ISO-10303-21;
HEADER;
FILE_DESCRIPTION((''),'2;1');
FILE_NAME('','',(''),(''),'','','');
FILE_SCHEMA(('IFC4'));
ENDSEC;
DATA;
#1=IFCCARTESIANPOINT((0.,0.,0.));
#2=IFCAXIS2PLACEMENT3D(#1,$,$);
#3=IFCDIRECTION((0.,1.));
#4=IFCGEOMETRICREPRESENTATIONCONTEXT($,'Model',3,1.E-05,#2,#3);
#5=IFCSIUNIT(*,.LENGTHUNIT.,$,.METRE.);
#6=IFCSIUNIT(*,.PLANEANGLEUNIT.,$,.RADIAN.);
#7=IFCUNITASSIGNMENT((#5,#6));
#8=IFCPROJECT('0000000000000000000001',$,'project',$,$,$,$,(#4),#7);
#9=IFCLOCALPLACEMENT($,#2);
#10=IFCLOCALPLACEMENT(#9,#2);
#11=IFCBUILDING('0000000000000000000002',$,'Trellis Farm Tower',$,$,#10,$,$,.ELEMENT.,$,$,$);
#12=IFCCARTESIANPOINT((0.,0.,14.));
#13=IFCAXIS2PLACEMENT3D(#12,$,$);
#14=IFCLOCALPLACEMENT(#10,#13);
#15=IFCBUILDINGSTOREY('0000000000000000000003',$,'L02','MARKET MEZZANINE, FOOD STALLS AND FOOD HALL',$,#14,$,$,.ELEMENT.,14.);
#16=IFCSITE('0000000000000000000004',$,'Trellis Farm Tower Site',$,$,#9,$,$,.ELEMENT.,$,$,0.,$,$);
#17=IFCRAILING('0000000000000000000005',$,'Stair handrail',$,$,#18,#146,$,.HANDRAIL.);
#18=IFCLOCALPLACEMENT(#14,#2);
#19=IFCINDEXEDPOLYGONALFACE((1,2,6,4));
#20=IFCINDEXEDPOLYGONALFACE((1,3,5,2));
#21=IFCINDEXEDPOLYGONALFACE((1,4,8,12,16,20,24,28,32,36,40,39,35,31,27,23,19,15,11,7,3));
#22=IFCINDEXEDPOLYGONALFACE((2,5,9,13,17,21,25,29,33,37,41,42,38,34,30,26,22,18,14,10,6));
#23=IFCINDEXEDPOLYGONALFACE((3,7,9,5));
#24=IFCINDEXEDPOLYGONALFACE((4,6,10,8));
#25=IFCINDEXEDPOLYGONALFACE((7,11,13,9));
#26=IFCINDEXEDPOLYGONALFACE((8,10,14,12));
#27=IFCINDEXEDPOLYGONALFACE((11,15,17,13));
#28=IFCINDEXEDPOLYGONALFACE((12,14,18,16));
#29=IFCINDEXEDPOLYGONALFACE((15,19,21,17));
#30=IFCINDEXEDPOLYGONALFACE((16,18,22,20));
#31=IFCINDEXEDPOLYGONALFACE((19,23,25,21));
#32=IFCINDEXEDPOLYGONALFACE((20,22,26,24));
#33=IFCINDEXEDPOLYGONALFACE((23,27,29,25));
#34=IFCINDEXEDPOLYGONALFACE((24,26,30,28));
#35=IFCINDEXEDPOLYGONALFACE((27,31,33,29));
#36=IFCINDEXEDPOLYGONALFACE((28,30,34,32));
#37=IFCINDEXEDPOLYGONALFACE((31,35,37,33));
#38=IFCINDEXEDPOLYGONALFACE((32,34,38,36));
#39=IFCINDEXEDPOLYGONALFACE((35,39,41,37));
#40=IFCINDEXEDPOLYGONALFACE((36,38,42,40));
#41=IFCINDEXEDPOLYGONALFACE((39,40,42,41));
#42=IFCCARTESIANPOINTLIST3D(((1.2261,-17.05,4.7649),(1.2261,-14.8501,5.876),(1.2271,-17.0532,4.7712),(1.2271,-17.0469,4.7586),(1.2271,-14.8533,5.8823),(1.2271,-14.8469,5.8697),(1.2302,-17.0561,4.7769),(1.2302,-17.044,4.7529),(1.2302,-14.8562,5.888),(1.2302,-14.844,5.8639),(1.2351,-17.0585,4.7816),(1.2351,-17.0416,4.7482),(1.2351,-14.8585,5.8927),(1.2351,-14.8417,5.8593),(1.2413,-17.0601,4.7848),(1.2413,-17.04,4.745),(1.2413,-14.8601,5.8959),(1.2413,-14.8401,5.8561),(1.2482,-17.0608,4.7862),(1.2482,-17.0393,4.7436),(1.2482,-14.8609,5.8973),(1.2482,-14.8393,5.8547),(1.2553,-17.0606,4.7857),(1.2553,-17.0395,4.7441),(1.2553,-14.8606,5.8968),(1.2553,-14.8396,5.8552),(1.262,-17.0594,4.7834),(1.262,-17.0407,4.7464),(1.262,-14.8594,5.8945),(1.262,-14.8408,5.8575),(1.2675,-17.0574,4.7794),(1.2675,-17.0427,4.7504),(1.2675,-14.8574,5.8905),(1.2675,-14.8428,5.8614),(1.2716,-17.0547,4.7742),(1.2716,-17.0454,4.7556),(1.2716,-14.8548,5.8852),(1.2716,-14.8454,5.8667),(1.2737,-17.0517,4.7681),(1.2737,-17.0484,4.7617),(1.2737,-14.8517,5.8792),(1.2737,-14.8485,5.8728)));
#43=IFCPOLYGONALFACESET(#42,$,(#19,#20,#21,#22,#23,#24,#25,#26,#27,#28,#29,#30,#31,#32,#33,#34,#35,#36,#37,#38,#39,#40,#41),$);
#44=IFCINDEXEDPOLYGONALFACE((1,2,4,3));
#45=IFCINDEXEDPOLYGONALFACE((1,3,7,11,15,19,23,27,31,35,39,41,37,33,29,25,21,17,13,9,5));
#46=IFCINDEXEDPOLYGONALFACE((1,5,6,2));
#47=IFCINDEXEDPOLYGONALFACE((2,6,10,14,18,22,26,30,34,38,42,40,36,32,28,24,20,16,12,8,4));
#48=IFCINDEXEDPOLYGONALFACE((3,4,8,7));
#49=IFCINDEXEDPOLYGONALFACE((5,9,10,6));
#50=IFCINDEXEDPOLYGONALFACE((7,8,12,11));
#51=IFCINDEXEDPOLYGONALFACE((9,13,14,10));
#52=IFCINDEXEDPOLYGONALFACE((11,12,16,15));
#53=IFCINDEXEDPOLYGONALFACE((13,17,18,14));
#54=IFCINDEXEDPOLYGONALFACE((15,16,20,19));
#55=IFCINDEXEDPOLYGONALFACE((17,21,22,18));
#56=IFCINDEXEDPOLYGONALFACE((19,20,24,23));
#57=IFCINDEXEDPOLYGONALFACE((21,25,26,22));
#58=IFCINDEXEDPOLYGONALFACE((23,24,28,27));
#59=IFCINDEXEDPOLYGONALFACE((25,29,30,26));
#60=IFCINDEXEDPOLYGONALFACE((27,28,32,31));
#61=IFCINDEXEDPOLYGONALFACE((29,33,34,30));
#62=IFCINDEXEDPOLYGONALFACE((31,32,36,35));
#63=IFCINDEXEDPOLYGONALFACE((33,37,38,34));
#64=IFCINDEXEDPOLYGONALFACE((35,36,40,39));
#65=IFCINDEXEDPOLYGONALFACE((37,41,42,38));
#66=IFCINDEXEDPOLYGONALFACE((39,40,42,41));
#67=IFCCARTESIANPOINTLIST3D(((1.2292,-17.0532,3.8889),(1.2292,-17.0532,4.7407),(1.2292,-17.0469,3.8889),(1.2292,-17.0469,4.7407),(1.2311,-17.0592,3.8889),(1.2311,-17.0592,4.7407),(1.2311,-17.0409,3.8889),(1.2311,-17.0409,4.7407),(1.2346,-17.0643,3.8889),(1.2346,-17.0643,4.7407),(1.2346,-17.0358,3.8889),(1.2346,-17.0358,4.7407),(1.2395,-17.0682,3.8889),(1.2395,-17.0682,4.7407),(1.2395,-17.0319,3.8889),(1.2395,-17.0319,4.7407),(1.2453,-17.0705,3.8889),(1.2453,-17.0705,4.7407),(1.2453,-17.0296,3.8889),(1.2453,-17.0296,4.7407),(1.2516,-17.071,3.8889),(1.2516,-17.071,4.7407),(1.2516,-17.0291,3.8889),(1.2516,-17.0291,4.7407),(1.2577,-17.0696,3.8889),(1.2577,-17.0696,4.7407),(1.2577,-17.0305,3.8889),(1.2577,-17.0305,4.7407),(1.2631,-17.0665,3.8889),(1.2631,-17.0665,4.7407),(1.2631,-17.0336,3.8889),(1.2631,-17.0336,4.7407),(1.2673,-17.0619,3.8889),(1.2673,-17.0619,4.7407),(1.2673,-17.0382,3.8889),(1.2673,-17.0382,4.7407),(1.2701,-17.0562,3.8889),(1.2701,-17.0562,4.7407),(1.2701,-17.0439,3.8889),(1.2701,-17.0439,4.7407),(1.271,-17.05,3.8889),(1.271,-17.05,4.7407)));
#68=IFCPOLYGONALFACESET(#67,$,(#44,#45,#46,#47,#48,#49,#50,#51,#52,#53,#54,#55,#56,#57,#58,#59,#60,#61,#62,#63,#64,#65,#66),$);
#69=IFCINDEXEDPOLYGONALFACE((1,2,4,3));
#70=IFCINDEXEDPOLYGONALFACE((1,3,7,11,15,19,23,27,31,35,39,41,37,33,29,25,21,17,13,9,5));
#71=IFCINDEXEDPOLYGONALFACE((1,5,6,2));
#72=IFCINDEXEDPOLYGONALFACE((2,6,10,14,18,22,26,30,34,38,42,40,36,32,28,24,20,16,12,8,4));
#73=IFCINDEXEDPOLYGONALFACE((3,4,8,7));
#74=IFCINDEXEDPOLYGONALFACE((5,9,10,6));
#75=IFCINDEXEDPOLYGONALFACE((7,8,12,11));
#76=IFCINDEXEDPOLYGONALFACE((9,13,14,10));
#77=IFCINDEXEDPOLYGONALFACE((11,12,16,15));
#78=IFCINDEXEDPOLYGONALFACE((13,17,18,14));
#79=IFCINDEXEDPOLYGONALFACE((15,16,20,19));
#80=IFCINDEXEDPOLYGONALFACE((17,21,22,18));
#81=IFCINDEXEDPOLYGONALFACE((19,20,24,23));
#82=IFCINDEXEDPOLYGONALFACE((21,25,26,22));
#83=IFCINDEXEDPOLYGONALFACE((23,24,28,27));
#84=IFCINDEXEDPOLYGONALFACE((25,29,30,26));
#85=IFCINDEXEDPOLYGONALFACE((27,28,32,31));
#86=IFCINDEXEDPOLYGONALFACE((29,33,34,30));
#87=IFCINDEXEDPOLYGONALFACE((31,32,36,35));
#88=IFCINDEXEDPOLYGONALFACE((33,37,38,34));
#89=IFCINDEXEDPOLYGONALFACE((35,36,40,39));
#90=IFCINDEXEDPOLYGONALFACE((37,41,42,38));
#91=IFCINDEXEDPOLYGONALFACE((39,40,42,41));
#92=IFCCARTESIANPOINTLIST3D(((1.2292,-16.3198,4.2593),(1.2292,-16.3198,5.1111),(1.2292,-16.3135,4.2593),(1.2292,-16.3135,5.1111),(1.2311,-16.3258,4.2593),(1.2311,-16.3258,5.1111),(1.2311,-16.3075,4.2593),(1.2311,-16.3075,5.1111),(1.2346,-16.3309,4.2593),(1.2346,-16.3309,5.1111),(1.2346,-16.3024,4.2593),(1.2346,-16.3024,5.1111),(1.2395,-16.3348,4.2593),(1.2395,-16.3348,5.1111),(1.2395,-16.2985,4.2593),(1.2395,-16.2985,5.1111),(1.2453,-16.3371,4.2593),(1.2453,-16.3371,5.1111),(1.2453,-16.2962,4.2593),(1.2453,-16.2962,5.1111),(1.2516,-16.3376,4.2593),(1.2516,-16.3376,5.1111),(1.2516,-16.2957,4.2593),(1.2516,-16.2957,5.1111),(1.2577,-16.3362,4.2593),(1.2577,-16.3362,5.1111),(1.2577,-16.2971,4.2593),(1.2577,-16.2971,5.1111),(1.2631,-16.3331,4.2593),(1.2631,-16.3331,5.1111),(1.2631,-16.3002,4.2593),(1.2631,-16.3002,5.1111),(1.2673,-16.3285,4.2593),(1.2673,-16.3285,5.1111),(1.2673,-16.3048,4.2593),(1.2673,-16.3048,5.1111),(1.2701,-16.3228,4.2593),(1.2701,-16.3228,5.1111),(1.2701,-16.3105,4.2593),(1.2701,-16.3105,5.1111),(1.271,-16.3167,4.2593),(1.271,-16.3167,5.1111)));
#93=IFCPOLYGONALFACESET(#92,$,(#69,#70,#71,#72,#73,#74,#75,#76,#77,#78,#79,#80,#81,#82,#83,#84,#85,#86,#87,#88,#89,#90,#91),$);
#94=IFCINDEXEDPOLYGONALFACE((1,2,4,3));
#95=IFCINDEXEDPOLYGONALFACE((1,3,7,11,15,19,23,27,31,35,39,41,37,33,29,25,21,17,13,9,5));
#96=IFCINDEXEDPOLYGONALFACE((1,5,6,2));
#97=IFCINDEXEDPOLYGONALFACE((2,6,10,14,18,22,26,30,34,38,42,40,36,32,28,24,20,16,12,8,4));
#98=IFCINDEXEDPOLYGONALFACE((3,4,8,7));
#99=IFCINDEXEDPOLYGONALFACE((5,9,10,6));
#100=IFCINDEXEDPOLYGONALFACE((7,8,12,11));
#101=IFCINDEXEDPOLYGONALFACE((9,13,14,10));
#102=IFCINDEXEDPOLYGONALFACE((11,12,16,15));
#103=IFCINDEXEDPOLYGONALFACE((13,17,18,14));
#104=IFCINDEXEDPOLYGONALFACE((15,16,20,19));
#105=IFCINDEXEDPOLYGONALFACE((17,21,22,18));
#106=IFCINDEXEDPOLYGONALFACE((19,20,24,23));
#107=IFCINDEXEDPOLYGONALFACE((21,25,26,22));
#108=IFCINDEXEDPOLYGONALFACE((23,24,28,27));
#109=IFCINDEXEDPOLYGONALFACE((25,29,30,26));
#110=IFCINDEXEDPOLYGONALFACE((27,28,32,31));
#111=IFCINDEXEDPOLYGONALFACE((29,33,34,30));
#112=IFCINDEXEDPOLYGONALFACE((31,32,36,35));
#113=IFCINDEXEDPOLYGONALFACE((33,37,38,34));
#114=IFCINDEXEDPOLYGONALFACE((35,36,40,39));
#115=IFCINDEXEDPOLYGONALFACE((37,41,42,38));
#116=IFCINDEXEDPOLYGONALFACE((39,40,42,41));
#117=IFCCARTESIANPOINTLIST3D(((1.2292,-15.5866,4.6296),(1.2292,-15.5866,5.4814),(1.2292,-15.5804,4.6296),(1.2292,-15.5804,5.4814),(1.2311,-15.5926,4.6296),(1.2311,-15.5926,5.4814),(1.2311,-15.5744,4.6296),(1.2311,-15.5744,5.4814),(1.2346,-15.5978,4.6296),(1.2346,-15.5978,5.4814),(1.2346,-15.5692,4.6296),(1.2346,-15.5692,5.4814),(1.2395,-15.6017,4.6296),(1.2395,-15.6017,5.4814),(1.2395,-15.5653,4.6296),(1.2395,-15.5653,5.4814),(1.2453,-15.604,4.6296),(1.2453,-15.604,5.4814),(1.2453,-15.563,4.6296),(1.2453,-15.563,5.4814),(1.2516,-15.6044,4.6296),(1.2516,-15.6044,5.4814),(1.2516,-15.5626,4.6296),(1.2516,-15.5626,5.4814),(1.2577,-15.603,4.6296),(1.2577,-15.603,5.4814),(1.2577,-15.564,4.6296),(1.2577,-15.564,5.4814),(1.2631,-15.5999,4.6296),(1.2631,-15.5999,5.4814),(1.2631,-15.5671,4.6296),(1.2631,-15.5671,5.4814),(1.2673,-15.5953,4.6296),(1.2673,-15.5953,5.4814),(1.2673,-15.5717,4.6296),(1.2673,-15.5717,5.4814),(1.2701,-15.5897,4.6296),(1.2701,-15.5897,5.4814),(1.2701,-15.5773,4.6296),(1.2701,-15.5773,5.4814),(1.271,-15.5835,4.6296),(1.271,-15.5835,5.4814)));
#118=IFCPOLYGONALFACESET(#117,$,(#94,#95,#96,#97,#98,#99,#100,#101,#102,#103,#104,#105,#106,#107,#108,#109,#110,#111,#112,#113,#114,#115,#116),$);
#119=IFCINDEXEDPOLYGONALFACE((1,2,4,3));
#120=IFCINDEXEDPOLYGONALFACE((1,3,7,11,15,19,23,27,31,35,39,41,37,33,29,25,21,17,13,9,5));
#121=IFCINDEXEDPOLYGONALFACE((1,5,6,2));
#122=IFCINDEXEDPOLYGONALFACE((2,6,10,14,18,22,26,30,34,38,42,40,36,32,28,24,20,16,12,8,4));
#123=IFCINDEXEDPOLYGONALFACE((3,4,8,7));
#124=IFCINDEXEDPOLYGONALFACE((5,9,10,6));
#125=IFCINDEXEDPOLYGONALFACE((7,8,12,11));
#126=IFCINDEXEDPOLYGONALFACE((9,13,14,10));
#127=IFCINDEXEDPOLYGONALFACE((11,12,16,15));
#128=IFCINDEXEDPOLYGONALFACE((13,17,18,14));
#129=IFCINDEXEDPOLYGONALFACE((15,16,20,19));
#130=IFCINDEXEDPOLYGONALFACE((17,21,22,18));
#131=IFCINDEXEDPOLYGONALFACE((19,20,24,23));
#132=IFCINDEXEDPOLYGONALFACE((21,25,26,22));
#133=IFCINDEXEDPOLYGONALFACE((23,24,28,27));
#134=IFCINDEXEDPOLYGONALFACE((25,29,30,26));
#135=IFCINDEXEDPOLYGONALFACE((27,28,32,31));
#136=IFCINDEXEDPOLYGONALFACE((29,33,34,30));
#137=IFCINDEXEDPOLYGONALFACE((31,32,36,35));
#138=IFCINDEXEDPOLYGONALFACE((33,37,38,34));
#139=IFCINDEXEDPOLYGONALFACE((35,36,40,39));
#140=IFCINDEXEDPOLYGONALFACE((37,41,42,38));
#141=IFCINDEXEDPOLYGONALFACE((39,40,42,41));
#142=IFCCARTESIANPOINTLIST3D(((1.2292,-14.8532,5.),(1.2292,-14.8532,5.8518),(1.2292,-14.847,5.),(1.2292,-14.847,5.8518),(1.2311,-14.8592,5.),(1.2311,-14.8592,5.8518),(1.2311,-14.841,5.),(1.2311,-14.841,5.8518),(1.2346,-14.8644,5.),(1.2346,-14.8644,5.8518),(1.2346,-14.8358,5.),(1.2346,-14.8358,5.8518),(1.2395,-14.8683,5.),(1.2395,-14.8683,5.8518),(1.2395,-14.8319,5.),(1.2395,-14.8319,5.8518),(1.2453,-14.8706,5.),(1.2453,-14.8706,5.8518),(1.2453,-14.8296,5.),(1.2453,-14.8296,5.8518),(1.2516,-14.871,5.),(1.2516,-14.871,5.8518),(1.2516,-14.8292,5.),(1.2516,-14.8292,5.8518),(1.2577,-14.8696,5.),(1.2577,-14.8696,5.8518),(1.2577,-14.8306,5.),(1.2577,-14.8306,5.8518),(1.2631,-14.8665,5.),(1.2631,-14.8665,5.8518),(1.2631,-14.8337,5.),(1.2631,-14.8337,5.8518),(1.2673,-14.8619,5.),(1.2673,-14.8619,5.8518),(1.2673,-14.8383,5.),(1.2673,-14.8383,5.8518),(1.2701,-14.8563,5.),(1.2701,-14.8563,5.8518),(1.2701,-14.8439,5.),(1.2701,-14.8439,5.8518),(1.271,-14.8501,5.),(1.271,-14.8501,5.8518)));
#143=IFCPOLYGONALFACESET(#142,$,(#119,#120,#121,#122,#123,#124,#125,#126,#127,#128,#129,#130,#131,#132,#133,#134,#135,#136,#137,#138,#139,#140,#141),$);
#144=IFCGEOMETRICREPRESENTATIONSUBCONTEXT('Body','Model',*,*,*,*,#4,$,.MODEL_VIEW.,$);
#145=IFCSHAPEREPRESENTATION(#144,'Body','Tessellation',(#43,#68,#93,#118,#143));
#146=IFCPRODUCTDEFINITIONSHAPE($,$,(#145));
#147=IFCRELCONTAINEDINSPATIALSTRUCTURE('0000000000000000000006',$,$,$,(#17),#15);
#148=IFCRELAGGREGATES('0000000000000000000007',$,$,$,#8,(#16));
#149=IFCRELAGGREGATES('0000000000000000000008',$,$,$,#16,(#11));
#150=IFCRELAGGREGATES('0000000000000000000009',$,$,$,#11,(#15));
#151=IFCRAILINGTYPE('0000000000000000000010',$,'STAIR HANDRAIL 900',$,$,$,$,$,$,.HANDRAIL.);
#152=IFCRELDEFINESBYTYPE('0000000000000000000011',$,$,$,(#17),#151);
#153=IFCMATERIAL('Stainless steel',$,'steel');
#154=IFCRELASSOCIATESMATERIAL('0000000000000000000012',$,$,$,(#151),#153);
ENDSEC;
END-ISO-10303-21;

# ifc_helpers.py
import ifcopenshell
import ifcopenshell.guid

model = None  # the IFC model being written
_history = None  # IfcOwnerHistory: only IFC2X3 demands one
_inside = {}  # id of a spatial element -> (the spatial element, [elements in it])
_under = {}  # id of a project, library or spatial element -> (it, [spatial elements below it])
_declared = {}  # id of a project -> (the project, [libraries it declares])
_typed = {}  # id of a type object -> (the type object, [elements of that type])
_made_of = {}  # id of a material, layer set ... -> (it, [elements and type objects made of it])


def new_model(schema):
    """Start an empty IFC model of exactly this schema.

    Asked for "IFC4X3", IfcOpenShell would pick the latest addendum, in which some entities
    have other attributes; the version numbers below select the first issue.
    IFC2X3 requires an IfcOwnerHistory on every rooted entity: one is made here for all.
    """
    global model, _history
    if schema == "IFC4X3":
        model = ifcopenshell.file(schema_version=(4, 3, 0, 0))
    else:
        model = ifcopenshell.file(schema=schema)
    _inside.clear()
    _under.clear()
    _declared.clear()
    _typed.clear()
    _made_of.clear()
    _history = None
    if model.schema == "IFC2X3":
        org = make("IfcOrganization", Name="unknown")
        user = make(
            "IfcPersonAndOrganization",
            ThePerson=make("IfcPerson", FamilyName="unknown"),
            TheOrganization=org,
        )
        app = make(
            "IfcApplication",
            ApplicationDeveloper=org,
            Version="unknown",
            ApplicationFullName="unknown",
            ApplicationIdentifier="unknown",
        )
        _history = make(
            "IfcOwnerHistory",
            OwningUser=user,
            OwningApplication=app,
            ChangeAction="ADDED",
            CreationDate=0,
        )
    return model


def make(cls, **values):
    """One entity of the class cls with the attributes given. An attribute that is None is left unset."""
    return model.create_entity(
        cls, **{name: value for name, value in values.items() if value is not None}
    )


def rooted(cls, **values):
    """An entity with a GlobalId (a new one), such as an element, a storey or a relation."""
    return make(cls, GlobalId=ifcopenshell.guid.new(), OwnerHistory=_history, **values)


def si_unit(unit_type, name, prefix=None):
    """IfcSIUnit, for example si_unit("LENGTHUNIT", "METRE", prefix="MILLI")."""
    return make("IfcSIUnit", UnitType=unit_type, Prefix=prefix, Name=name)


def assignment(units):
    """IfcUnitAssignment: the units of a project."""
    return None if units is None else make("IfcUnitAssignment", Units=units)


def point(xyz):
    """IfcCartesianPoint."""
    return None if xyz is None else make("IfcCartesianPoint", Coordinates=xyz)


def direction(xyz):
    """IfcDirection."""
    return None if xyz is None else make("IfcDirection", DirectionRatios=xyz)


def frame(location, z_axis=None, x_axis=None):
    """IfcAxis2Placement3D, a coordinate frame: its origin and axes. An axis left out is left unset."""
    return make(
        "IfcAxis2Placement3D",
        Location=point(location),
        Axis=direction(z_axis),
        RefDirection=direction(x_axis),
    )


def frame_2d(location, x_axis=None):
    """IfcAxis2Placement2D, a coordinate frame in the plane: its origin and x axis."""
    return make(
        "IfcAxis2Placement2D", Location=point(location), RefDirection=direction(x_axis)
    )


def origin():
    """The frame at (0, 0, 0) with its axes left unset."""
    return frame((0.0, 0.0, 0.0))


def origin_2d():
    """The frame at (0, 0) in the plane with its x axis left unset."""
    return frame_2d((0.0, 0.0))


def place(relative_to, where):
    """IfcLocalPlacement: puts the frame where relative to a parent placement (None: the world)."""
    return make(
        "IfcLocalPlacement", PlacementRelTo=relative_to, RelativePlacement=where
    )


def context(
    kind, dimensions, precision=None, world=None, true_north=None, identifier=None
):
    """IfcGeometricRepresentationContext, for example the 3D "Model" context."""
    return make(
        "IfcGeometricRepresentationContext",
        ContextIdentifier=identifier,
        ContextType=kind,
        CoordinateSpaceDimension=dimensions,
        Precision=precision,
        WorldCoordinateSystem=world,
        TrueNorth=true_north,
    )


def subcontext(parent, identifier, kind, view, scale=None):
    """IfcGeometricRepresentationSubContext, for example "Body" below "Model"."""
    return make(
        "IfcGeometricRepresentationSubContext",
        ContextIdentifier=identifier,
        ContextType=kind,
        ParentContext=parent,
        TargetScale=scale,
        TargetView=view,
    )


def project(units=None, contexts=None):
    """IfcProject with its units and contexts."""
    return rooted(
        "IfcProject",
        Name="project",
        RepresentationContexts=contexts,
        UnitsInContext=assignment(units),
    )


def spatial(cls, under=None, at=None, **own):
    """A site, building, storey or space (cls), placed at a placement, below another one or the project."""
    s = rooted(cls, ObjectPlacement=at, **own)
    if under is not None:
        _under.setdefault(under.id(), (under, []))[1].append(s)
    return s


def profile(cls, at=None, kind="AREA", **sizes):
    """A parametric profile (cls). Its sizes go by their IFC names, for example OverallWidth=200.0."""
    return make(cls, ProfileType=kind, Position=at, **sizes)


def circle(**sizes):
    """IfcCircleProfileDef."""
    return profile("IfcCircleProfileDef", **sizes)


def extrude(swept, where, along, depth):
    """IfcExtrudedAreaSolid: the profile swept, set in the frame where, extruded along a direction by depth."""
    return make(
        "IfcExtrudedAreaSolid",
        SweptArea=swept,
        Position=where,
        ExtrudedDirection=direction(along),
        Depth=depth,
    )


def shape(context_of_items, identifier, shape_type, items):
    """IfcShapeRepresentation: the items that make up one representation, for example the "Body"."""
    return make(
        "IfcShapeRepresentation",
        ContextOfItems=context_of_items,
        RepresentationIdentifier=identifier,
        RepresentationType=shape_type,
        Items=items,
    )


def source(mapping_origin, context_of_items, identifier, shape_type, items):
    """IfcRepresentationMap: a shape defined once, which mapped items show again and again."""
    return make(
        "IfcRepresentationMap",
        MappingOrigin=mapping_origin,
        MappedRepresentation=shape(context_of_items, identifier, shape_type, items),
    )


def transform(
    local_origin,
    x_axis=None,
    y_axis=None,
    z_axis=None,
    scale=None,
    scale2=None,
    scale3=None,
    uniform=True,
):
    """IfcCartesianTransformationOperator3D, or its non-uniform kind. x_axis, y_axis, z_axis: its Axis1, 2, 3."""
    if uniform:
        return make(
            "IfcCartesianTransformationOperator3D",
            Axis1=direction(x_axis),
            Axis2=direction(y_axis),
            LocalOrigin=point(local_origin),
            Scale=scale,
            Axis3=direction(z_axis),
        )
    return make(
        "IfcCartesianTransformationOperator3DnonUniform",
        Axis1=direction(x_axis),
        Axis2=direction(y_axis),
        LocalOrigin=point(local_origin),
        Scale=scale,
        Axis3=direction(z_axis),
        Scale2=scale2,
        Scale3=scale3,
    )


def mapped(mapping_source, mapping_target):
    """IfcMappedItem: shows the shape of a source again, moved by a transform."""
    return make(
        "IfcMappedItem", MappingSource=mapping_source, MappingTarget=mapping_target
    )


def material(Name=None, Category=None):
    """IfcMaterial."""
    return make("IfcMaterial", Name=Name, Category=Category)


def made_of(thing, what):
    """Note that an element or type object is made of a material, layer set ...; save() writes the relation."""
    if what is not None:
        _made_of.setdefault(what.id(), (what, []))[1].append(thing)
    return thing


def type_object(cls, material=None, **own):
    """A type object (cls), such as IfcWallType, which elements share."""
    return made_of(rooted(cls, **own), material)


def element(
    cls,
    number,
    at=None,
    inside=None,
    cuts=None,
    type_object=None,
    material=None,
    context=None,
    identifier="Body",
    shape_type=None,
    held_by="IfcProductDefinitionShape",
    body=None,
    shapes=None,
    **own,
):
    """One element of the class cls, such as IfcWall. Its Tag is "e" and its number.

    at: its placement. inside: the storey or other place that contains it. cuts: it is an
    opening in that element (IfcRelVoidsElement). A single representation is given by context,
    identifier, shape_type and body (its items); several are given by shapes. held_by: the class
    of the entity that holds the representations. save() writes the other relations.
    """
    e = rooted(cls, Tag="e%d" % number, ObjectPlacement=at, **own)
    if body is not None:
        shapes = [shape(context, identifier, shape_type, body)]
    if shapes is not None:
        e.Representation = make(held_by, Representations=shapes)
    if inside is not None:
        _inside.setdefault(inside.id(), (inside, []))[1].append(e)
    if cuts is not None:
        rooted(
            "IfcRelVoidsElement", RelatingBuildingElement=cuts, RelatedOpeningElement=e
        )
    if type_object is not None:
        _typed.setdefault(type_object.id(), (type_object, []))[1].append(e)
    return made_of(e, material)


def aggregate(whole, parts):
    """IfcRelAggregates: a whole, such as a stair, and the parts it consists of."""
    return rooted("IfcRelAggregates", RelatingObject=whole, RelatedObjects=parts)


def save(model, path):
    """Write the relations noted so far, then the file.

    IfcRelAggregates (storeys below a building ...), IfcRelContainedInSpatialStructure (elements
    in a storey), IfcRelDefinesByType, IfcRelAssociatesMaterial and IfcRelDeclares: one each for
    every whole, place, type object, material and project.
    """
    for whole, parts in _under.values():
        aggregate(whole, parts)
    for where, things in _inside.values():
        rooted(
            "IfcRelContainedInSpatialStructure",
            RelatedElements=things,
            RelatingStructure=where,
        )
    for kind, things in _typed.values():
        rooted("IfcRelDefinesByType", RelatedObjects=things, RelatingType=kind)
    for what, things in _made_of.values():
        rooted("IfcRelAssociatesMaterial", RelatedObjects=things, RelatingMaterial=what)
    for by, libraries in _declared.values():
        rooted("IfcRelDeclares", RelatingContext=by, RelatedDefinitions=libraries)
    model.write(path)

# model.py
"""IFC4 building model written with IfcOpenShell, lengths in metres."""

from ifc_helpers import new_model, si_unit, direction, frame, origin, origin_2d, place, context, subcontext, project, spatial, circle, extrude, source, transform, mapped, material, type_object, element, save


model = new_model("IFC4")

# Units and contexts
model_context = context("Model", 3, precision=1e-05, world=origin(), true_north=direction((0.0, 1.0)))
body_context = subcontext(model_context, "Body", "Model", "MODEL_VIEW")
ifc_project = project(units=[si_unit("LENGTHUNIT", "METRE"), si_unit("PLANEANGLEUNIT", "RADIAN")], contexts=[model_context])

# Site, building, storey
site_placement = place(None, origin())
site = spatial("IfcSite", under=ifc_project, at=site_placement, Name="Trellis Farm Tower Site", CompositionType="ELEMENT", RefElevation=0.0)
building_placement = place(site_placement, origin())
building = spatial("IfcBuilding", under=site, at=building_placement, Name="Trellis Farm Tower", CompositionType="ELEMENT")
storey_placement = place(building_placement, frame((0.0, 0.0, 14.0)))
storey = spatial("IfcBuildingStorey", under=building, at=storey_placement, Name="L02", Description="MARKET MEZZANINE, FOOD STALLS AND FOOD HALL", CompositionType="ELEMENT", Elevation=14.0)

# Railing
ifc_material_1 = material(Name="Stainless steel", Category="steel")
railing_type = type_object("IfcRailingType", Name="STAIR HANDRAIL 900", PredefinedType="HANDRAIL", material=ifc_material_1)
shared_shape_1 = source(origin(), body_context, "Body", "SweptSolid", [
    extrude(circle(Radius=0.0239, at=origin_2d()), frame((0.0, 0.0, 0.876), z_axis=(0.0, 0.892617, 0.450816), x_axis=(-1.0, 0.0, 0.0)), (0.0, 0.0, 1.0), 2.4646),
    extrude(circle(Radius=0.021, at=origin_2d()), origin(), (0.0, 0.0, 1.0), 0.8518),
    extrude(circle(Radius=0.021, at=origin_2d()), frame((0.0, 0.7334, 0.3704)), (0.0, 0.0, 1.0), 0.8518),
    extrude(circle(Radius=0.021, at=origin_2d()), frame((0.0, 1.4666, 0.7407)), (0.0, 0.0, 1.0), 0.8518),
    extrude(circle(Radius=0.021, at=origin_2d()), frame((0.0, 2.2, 1.1111)), (0.0, 0.0, 1.0), 0.8518),
])
for number, where, name in (
    (1, (1.25, -17.05, 3.8889), "Stair handrail"),
):
    element("IfcRailing", number, at=place(storey_placement, frame(where)), inside=storey, type_object=railing_type, Name=name, PredefinedType="HANDRAIL", context=body_context, shape_type="MappedRepresentation", body=[
        mapped(shared_shape_1, transform((0.0, 0.0, 0.0))),
    ])

save(model, "model.ifc")
